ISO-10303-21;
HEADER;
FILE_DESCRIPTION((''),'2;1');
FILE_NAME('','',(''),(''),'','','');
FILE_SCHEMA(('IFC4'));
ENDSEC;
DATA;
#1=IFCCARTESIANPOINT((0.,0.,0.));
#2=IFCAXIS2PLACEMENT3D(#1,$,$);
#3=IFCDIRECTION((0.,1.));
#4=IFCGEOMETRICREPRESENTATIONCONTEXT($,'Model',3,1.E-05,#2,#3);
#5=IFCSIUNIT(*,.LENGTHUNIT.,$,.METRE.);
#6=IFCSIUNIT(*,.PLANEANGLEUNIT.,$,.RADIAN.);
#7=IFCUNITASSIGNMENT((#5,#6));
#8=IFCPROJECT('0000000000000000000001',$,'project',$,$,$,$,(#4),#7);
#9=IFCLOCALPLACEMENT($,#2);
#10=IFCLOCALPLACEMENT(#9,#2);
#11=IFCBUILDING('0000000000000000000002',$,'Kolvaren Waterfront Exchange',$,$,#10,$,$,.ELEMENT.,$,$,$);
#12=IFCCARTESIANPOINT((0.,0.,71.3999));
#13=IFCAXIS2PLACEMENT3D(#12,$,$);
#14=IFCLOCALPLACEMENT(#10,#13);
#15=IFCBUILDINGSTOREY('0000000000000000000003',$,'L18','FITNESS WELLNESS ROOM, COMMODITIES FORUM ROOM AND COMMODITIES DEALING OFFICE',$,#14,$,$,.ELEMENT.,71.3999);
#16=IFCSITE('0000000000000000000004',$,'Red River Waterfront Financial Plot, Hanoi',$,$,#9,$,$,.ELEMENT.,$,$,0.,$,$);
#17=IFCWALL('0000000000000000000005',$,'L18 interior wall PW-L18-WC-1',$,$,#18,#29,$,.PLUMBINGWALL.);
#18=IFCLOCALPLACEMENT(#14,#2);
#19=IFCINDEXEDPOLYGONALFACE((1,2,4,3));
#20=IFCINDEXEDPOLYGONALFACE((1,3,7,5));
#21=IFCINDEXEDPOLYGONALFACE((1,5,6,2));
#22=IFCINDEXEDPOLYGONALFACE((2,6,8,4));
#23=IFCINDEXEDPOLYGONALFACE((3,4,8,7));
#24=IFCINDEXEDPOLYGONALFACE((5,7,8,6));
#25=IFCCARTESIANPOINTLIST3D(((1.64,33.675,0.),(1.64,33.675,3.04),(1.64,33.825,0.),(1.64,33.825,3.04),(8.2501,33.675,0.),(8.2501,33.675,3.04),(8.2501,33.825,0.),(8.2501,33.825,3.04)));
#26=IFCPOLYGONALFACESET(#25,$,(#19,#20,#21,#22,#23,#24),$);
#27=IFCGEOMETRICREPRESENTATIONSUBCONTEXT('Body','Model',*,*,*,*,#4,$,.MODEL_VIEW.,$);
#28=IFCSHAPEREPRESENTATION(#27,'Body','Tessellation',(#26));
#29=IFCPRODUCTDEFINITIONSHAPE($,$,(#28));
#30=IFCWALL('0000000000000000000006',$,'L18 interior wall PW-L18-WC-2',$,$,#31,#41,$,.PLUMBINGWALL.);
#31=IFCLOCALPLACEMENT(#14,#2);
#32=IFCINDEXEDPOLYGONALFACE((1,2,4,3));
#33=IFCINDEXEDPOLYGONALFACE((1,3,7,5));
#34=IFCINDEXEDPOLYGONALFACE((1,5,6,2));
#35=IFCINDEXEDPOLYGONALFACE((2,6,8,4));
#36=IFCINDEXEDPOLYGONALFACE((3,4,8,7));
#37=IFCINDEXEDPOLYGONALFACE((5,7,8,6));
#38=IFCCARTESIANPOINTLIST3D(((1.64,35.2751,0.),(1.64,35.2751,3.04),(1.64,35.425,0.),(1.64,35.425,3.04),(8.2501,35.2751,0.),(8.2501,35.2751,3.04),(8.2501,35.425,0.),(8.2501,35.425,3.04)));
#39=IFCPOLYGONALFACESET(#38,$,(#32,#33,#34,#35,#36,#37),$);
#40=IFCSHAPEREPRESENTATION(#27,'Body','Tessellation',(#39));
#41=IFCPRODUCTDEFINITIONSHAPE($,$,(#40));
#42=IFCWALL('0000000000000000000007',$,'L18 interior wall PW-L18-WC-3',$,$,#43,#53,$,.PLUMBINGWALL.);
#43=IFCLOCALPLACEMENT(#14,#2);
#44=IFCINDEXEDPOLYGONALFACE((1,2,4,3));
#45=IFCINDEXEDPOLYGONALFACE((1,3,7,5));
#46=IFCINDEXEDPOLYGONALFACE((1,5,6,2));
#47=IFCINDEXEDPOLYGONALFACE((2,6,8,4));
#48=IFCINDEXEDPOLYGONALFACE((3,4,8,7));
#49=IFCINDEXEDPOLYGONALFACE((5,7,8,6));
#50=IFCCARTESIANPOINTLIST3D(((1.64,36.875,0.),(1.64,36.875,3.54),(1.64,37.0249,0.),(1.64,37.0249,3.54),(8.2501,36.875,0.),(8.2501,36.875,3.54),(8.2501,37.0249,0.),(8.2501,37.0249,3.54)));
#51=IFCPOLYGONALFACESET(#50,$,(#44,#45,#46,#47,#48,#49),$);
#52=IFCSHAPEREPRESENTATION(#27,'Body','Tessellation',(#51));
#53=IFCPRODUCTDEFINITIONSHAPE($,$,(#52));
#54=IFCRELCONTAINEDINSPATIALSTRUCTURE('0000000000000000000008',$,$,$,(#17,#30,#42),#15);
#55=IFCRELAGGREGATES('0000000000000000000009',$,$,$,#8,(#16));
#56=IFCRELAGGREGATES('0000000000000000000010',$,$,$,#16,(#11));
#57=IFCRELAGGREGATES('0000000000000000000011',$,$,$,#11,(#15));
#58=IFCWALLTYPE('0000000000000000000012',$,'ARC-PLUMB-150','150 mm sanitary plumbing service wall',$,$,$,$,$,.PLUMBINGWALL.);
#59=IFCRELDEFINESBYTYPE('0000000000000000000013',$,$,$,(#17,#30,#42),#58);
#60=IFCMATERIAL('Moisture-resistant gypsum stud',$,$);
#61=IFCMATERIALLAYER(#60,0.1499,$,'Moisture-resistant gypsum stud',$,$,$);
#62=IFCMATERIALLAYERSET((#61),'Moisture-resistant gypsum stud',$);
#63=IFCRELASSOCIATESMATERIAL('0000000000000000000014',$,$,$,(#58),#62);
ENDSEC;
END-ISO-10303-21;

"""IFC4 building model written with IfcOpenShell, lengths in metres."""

from ifc_helpers import new_model, si_unit, direction, frame, frame_2d, origin, place, context, subcontext, project, spatial, rectangle, extrude, material, layer, layer_set, type_object, element, save


model = new_model("IFC4")

# Units and contexts
model_context = context("Model", 3, precision=1e-05, world=origin(), true_north=direction((0.0, 1.0)))
body_context = subcontext(model_context, "Body", "Model", "MODEL_VIEW")
ifc_project = project(units=[si_unit("LENGTHUNIT", "METRE"), si_unit("PLANEANGLEUNIT", "RADIAN")], contexts=[model_context])

# Site, building, storey
site_placement = place(None, origin())
site = spatial("IfcSite", under=ifc_project, at=site_placement, Name="Red River Waterfront Financial Plot, Hanoi", CompositionType="ELEMENT", RefElevation=0.0)
building_placement = place(site_placement, origin())
building = spatial("IfcBuilding", under=site, at=building_placement, Name="Kolvaren Waterfront Exchange", CompositionType="ELEMENT")
storey_placement = place(building_placement, frame((0.0, 0.0, 71.3999)))
storey = spatial("IfcBuildingStorey", under=building, at=storey_placement, Name="L18", Description="FITNESS WELLNESS ROOM, COMMODITIES FORUM ROOM AND COMMODITIES DEALING OFFICE", CompositionType="ELEMENT", Elevation=71.3999)

# Shared definitions
ifc_material_1 = material(Name="Moisture-resistant gypsum stud")
ifc_layer_1 = layer(ifc_material_1, 0.1499, Name="Moisture-resistant gypsum stud")
ifc_layer_set_1 = layer_set([ifc_layer_1], Name="Moisture-resistant gypsum stud")
wall_type_1 = type_object("IfcWallType", Name="ARC-PLUMB-150", Description="150 mm sanitary plumbing service wall", PredefinedType="PLUMBINGWALL", material=ifc_layer_set_1)

# Walls
for number, where, z_axis, x_axis, name in (
    (1, (1.6399, 33.75, 0.0), (0.0, 0.0, 1.0), (1.0, 0.0, 0.0), "L18 interior wall PW-L18-WC-1"),
    (2, (1.6399, 35.3501, 0.0), (0.0, 0.0, 1.0), (1.0, 0.0, 0.0), "L18 interior wall PW-L18-WC-2"),
):
    element("IfcWall", number, at=place(storey_placement, frame(where, z_axis=z_axis, x_axis=x_axis)), inside=storey, type_object=wall_type_1, Name=name, PredefinedType="PLUMBINGWALL", context=body_context, shape_type="SweptSolid", body=[
        extrude(rectangle(XDim=6.6101, YDim=0.1499, at=frame_2d((3.3052, 0.0))), origin(), (0.0, 0.0, 1.0), 3.04),
    ])
wall_1_placement = place(storey_placement, frame((1.6399, 36.95, 0.0), z_axis=(0.0, 0.0, 1.0), x_axis=(1.0, 0.0, 0.0)))
element("IfcWall", 3, at=wall_1_placement, inside=storey, type_object=wall_type_1, Name="L18 interior wall PW-L18-WC-3", PredefinedType="PLUMBINGWALL", context=body_context, shape_type="SweptSolid", body=[
    extrude(rectangle(XDim=6.6101, YDim=0.1499, at=frame_2d((3.3052, 0.0))), origin(), (0.0, 0.0, 1.0), 3.54),
])

save(model, "model.ifc")
